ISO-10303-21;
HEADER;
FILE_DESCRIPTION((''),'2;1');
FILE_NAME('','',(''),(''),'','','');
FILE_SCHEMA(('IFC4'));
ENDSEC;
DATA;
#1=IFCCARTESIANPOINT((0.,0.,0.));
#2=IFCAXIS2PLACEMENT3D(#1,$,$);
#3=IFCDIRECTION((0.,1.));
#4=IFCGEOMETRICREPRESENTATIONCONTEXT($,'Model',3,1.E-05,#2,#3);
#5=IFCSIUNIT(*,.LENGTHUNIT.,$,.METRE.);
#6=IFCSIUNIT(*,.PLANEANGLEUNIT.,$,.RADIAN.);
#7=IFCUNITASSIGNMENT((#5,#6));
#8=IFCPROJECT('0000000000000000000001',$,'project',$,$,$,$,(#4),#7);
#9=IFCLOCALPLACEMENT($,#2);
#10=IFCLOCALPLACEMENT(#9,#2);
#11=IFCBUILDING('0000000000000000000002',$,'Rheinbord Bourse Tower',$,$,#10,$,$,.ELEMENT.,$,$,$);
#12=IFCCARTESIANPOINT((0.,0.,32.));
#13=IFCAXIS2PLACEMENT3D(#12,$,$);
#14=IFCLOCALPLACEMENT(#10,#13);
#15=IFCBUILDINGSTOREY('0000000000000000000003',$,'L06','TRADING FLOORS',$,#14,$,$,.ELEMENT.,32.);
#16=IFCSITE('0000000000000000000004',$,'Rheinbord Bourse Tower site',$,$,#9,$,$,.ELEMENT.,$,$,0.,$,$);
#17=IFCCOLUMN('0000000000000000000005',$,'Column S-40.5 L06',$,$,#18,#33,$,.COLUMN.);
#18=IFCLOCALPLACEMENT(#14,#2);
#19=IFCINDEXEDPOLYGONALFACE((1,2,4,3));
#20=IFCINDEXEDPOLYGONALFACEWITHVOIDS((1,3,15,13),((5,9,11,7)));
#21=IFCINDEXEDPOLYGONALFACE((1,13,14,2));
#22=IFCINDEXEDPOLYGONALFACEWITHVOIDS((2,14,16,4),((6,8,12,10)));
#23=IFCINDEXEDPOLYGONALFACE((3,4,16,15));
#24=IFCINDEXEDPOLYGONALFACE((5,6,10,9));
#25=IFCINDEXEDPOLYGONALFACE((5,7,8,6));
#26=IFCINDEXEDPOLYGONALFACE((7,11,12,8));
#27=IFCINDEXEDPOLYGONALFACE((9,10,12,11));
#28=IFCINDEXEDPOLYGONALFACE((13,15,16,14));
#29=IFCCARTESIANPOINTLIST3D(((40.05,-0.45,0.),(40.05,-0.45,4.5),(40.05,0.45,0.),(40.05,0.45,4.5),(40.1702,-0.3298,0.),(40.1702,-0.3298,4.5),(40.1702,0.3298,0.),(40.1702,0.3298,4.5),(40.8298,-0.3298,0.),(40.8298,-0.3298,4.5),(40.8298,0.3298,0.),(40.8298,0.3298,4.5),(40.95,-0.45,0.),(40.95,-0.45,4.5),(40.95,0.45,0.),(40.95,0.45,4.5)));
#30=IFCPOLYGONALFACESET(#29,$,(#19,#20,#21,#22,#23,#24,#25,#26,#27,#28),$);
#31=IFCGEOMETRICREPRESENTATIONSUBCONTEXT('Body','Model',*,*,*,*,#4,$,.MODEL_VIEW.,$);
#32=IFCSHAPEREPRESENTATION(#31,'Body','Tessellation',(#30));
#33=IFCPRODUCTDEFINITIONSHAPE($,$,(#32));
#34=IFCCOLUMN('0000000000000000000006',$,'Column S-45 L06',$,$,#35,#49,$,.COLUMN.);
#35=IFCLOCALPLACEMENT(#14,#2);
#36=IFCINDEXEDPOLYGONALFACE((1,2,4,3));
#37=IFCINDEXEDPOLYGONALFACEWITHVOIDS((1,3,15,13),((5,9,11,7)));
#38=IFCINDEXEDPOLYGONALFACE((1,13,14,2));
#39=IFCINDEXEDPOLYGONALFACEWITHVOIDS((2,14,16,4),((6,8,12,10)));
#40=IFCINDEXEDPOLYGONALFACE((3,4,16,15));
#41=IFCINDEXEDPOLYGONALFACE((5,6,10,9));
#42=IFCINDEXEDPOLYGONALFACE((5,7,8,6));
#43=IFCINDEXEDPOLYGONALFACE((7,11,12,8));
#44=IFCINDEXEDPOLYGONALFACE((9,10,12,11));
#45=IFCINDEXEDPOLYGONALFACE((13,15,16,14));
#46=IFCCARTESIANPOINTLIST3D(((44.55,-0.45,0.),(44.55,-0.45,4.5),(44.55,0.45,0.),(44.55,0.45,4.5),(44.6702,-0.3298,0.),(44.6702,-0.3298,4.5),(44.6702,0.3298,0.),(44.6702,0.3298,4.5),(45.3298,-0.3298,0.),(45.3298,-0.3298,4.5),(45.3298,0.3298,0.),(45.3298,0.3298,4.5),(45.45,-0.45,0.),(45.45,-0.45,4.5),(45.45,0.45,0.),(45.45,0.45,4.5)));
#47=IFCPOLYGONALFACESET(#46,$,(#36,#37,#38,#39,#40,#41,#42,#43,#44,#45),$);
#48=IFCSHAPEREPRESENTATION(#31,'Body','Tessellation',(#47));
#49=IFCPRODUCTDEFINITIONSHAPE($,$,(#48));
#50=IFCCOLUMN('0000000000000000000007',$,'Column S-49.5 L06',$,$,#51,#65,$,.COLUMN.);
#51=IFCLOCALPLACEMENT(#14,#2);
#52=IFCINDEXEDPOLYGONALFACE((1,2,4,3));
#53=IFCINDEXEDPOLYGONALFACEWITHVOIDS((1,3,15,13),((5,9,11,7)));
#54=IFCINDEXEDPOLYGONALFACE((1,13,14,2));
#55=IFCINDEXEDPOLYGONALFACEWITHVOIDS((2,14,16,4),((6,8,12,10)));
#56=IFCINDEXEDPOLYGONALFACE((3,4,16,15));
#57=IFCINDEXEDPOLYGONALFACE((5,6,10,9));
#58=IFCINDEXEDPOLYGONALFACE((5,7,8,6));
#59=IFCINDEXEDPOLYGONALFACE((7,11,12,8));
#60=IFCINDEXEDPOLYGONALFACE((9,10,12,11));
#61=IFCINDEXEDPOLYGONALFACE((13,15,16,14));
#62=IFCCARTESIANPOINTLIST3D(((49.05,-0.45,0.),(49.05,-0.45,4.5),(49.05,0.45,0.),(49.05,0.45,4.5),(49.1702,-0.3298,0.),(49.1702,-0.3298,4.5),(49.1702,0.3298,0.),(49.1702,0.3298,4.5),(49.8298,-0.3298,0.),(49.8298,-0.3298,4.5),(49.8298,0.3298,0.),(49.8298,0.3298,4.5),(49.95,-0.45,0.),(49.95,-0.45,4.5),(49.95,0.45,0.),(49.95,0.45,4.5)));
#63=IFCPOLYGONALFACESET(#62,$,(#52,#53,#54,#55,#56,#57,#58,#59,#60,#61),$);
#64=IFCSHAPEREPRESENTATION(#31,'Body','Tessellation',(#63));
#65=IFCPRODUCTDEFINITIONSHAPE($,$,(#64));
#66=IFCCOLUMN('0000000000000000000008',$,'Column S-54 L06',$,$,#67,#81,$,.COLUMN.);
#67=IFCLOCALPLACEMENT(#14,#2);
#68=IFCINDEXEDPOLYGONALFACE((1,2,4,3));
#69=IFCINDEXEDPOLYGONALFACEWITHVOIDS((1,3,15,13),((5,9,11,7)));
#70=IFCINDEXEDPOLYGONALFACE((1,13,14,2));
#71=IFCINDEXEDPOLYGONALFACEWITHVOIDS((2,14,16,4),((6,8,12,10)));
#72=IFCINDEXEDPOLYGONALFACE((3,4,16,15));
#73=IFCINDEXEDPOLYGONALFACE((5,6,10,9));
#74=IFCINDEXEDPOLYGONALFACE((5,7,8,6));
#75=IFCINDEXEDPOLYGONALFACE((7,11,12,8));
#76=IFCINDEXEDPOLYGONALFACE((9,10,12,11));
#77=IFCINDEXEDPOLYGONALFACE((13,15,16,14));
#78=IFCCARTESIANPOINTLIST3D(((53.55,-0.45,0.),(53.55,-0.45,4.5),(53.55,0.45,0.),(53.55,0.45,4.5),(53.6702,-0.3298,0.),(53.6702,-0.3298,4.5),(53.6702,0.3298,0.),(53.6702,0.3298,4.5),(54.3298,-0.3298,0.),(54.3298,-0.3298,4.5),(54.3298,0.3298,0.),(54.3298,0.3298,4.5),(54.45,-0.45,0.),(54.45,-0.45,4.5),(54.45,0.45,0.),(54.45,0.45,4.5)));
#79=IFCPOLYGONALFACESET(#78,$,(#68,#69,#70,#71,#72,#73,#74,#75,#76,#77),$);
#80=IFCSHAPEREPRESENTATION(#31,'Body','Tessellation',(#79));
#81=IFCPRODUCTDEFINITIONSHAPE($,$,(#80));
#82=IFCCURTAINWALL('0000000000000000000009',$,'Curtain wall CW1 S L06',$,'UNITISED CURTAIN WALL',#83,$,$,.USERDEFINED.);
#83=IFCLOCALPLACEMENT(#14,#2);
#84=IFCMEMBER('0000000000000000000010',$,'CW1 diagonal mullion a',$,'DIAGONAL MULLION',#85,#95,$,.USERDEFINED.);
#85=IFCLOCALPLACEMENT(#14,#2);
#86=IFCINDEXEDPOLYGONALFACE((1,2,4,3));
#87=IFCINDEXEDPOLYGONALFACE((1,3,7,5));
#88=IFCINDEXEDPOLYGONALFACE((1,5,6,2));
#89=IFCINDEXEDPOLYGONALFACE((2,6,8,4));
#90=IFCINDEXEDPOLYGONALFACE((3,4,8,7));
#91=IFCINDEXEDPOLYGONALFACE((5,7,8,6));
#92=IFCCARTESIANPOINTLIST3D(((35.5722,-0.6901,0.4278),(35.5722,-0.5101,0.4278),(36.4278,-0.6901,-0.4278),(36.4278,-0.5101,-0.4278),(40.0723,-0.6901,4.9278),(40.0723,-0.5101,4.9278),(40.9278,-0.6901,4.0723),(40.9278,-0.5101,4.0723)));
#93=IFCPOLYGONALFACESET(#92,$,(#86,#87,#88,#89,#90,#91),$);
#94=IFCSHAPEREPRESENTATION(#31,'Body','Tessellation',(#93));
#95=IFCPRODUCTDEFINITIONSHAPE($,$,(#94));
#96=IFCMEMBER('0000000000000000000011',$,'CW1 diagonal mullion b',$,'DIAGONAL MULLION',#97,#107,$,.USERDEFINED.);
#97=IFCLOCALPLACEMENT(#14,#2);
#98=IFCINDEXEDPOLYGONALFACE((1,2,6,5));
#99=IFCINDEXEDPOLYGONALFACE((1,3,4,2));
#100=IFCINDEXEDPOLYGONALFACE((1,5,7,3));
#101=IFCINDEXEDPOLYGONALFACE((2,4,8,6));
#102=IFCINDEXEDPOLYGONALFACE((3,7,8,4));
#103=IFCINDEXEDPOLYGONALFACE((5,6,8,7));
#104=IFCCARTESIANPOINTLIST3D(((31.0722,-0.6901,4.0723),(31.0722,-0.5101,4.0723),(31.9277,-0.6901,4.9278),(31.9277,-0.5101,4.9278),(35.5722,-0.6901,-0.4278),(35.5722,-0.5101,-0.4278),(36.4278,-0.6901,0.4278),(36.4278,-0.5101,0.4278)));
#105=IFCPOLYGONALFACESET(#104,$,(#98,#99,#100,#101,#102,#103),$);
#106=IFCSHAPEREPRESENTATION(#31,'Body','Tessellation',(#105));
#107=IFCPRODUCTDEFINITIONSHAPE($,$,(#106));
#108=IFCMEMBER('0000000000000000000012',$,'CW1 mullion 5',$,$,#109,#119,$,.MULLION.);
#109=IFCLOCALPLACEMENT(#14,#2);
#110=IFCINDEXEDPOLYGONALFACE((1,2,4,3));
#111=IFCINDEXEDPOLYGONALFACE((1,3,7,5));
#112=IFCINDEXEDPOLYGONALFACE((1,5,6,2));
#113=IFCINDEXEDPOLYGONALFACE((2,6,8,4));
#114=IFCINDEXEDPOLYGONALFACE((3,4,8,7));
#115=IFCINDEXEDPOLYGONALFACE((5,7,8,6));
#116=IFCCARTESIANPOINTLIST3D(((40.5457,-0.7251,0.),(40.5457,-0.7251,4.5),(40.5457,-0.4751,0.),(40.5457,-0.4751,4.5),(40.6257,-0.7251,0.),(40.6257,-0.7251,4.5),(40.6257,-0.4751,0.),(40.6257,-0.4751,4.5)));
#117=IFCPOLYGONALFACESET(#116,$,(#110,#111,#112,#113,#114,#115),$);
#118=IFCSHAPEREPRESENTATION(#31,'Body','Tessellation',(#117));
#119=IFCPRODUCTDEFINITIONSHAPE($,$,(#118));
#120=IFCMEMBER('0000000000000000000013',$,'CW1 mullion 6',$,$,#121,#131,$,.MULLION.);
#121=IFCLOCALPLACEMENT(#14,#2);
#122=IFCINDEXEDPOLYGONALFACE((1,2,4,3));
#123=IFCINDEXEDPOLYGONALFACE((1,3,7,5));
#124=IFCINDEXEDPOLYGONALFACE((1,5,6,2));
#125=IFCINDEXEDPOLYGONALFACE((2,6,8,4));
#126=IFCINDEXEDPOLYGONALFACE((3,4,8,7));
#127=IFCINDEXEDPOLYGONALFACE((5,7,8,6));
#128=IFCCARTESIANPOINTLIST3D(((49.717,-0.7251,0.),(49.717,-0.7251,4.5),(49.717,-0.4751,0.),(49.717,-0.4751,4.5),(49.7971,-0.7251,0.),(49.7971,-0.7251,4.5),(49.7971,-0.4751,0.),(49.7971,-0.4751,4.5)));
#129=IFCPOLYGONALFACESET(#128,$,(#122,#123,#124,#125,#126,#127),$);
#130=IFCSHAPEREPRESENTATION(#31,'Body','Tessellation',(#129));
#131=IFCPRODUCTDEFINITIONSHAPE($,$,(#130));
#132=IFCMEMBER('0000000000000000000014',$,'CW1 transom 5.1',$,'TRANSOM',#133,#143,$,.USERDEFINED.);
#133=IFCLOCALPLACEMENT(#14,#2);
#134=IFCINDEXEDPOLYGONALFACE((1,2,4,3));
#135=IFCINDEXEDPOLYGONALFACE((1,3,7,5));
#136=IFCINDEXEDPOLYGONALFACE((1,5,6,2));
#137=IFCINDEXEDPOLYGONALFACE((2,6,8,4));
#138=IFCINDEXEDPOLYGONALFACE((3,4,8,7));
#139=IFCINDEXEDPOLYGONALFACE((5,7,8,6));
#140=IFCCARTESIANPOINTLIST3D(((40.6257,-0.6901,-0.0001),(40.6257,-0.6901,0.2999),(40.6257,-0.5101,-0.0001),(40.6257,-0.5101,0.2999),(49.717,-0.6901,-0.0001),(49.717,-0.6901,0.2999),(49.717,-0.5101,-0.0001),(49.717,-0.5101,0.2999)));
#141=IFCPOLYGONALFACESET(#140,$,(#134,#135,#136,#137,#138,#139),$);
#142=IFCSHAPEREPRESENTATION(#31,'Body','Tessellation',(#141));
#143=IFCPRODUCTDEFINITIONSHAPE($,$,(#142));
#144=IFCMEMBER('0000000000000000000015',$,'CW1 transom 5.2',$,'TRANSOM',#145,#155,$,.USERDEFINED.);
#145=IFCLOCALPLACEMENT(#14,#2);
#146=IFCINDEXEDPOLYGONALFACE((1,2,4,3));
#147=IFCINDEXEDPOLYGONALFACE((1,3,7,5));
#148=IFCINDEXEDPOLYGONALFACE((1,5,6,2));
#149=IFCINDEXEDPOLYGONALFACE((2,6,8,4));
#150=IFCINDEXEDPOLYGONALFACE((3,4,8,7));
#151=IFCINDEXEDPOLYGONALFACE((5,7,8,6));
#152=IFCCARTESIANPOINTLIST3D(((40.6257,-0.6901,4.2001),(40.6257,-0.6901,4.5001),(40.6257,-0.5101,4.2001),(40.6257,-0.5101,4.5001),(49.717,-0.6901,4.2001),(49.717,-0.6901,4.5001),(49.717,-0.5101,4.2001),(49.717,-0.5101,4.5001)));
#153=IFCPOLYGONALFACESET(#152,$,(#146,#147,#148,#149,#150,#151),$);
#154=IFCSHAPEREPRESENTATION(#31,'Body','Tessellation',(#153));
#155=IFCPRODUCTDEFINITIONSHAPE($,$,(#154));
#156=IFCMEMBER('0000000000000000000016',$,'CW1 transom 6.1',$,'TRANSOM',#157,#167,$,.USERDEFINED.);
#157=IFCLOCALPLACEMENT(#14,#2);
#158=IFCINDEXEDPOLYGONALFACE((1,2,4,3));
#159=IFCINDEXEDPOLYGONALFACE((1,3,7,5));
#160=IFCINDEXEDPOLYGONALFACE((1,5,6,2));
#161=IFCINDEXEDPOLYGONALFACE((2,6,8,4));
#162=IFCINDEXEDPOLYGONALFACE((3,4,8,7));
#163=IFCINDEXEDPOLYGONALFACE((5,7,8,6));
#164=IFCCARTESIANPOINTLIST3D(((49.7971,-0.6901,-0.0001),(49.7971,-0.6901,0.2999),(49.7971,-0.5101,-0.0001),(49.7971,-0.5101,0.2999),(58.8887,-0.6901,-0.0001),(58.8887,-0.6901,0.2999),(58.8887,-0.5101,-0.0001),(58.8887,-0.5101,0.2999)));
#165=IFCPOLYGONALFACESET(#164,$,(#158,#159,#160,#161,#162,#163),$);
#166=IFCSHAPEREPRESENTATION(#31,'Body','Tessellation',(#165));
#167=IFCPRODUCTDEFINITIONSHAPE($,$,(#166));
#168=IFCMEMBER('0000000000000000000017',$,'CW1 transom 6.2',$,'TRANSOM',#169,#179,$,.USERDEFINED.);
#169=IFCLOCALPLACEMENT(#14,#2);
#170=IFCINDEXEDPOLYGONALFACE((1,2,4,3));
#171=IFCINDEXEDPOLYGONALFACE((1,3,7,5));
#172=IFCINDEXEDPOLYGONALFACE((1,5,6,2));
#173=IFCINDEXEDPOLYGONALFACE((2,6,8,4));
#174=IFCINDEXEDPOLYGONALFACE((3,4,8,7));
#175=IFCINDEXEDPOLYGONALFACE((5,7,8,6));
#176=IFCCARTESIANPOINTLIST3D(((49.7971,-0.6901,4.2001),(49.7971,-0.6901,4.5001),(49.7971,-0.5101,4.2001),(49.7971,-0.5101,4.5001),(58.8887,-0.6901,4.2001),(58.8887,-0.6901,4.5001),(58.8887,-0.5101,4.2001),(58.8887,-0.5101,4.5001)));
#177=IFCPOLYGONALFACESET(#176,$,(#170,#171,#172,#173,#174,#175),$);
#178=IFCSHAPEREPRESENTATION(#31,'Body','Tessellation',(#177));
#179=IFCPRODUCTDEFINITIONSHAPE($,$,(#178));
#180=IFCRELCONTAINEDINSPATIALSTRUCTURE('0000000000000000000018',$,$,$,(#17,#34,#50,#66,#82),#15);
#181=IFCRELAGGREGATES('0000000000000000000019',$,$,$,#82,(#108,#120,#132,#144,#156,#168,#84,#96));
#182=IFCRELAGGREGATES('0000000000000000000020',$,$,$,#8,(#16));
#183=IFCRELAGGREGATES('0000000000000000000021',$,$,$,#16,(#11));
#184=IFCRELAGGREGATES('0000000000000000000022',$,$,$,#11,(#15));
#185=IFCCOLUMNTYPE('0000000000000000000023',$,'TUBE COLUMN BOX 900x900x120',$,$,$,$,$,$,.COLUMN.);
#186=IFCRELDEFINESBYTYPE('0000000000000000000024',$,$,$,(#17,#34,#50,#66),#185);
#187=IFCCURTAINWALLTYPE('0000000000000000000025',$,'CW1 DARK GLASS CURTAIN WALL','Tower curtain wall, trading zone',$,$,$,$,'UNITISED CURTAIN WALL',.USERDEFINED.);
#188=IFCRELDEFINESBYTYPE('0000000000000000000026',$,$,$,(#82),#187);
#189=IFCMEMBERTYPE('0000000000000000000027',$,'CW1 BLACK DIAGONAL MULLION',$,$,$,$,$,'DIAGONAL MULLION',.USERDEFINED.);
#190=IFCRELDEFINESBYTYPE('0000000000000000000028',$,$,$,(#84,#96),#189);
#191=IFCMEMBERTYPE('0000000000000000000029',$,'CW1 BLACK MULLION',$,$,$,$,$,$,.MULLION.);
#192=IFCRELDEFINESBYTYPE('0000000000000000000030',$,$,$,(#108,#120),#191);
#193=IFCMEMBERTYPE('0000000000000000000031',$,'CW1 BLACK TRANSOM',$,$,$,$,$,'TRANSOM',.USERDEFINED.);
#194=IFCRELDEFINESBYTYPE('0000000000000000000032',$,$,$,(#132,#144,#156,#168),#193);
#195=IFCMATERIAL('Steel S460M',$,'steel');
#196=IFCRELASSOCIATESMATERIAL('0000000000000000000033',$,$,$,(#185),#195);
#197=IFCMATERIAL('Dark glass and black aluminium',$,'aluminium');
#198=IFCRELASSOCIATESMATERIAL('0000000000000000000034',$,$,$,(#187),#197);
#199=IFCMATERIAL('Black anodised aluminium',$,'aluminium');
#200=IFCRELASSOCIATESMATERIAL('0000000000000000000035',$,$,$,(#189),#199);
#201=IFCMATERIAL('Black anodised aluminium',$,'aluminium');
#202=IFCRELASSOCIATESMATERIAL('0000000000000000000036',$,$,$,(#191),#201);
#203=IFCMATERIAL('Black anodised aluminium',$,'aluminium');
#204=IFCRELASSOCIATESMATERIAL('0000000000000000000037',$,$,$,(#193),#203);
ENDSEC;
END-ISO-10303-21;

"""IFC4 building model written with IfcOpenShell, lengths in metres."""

from ifc_helpers import new_model, si_unit, direction, frame, origin, origin_2d, place, context, subcontext, project, spatial, rectangle, hollow_rectangle, extrude, material, material_profile, profile_set, type_object, element, aggregate, save


model = new_model("IFC4")

# Units and contexts
model_context = context("Model", 3, precision=1e-05, world=origin(), true_north=direction((0.0, 1.0)))
body_context = subcontext(model_context, "Body", "Model", "MODEL_VIEW")
ifc_project = project(units=[si_unit("LENGTHUNIT", "METRE"), si_unit("PLANEANGLEUNIT", "RADIAN")], contexts=[model_context])

# Site, building, storey
site_placement = place(None, origin())
site = spatial("IfcSite", under=ifc_project, at=site_placement, Name="Rheinbord Bourse Tower site", CompositionType="ELEMENT", RefElevation=0.0)
building_placement = place(site_placement, origin())
building = spatial("IfcBuilding", under=site, at=building_placement, Name="Rheinbord Bourse Tower", CompositionType="ELEMENT")
storey_placement = place(building_placement, frame((0.0, 0.0, 32.0)))
storey = spatial("IfcBuildingStorey", under=building, at=storey_placement, Name="L06", Description="TRADING FLOORS", CompositionType="ELEMENT", Elevation=32.0)

# Columns
ifc_material_1 = material(Name="Steel S460M", Category="steel")
ifc_material_profile_1 = material_profile(ifc_material_1, hollow_rectangle(XDim=0.8999, YDim=0.8999, WallThickness=0.1201, at=origin_2d()), Name="BOX 900x900x120")
ifc_profile_set_1 = profile_set([ifc_material_profile_1], Name="Steel S460M")
column_type = type_object("IfcColumnType", Name="TUBE COLUMN BOX 900x900x120", PredefinedType="COLUMN", material=ifc_profile_set_1)
for number, where, z_axis, x_axis, name in (
    (1, (40.5, 0.0, 0.0), (0.0, 0.0, 1.0), (0.0, 1.0, 0.0), "Column S-40.5 L06"),
    (2, (45.0, 0.0, 0.0), (0.0, 0.0, 1.0), (0.0, 1.0, 0.0), "Column S-45 L06"),
    (3, (49.5, 0.0, 0.0), (0.0, 0.0, 1.0), (0.0, 1.0, 0.0), "Column S-49.5 L06"),
    (4, (54.0, 0.0, 0.0), (0.0, 0.0, 1.0), (0.0, 1.0, 0.0), "Column S-54 L06"),
):
    element("IfcColumn", number, at=place(storey_placement, frame(where, z_axis=z_axis, x_axis=x_axis)), inside=storey, type_object=column_type, Name=name, PredefinedType="COLUMN", context=body_context, shape_type="SweptSolid", body=[
        extrude(hollow_rectangle(XDim=0.8999, YDim=0.8999, WallThickness=0.1201, at=origin_2d()), origin(), (0.0, 0.0, 1.0), 4.5),
    ])

# Curtain wall, members
ifc_material_2 = material(Name="Dark glass and black aluminium", Category="aluminium")
curtain_wall_type = type_object("IfcCurtainWallType", Name="CW1 DARK GLASS CURTAIN WALL", Description="Tower curtain wall, trading zone", ElementType="UNITISED CURTAIN WALL", PredefinedType="USERDEFINED", material=ifc_material_2)
curtain_wall_placement = place(storey_placement, origin())
curtain_wall = element("IfcCurtainWall", 5, at=curtain_wall_placement, inside=storey, type_object=curtain_wall_type, Name="Curtain wall CW1 S L06", ObjectType="UNITISED CURTAIN WALL", PredefinedType="USERDEFINED")
ifc_material_3 = material(Name="Black anodised aluminium", Category="aluminium")
ifc_material_profile_2 = material_profile(ifc_material_3, rectangle(XDim=0.1799, YDim=1.21, at=origin_2d()), Name="CW1 DIAGONAL MULLION 1210x180")
ifc_profile_set_2 = profile_set([ifc_material_profile_2], Name="Black anodised aluminium")
member_type_1 = type_object("IfcMemberType", Name="CW1 BLACK DIAGONAL MULLION", ElementType="DIAGONAL MULLION", PredefinedType="USERDEFINED", material=ifc_profile_set_2)
member_1_placement = place(storey_placement, frame((36.0, -0.6001, 0.0), z_axis=(0.707107, 0.0, 0.707107), x_axis=(0.0, 1.0, 0.0)))
member_1 = element("IfcMember", 6, at=member_1_placement, type_object=member_type_1, Name="CW1 diagonal mullion a", ObjectType="DIAGONAL MULLION", PredefinedType="USERDEFINED", context=body_context, shape_type="SweptSolid", body=[
    extrude(rectangle(XDim=0.1799, YDim=1.21, at=origin_2d()), origin(), (0.0, 0.0, 1.0), 6.364),
])
member_2_placement = place(storey_placement, frame((36.0, -0.6001, 0.0), z_axis=(-0.707107, 0.0, 0.707107), x_axis=(0.0, -1.0, 0.0)))
member_2 = element("IfcMember", 7, at=member_2_placement, type_object=member_type_1, Name="CW1 diagonal mullion b", ObjectType="DIAGONAL MULLION", PredefinedType="USERDEFINED", context=body_context, shape_type="SweptSolid", body=[
    extrude(rectangle(XDim=0.1799, YDim=1.21, at=origin_2d()), origin(), (0.0, 0.0, 1.0), 6.364),
])
ifc_material_4 = material(Name="Black anodised aluminium", Category="aluminium")
ifc_material_profile_3 = material_profile(ifc_material_4, rectangle(XDim=0.25, YDim=0.0801, at=origin_2d()), Name="CW1 MULLION 80x250")
ifc_profile_set_3 = profile_set([ifc_material_profile_3], Name="Black anodised aluminium")
member_type_2 = type_object("IfcMemberType", Name="CW1 BLACK MULLION", PredefinedType="MULLION", material=ifc_profile_set_3)
member_3_placement = place(storey_placement, frame((40.5857, -0.6001, 0.0), z_axis=(0.0, 0.0, 1.0), x_axis=(0.0, 1.0, 0.0)))
member_3 = element("IfcMember", 8, at=member_3_placement, type_object=member_type_2, Name="CW1 mullion 5", PredefinedType="MULLION", context=body_context, shape_type="SweptSolid", body=[
    extrude(rectangle(XDim=0.25, YDim=0.0801, at=origin_2d()), origin(), (0.0, 0.0, 1.0), 4.5),
])
member_4_placement = place(storey_placement, frame((49.7571, -0.6001, 0.0), z_axis=(0.0, 0.0, 1.0), x_axis=(0.0, 1.0, 0.0)))
member_4 = element("IfcMember", 9, at=member_4_placement, type_object=member_type_2, Name="CW1 mullion 6", PredefinedType="MULLION", context=body_context, shape_type="SweptSolid", body=[
    extrude(rectangle(XDim=0.25, YDim=0.0801, at=origin_2d()), origin(), (0.0, 0.0, 1.0), 4.5),
])
ifc_material_5 = material(Name="Black anodised aluminium", Category="aluminium")
ifc_material_profile_4 = material_profile(ifc_material_5, rectangle(XDim=0.1799, YDim=0.3, at=origin_2d()), Name="CW1 TRANSOM 300x180")
ifc_profile_set_4 = profile_set([ifc_material_profile_4], Name="Black anodised aluminium")
member_type_3 = type_object("IfcMemberType", Name="CW1 BLACK TRANSOM", ElementType="TRANSOM", PredefinedType="USERDEFINED", material=ifc_profile_set_4)
member_5_placement = place(storey_placement, frame((40.6257, -0.6001, 0.1499), z_axis=(1.0, 0.0, 0.0), x_axis=(0.0, 1.0, 0.0)))
member_5 = element("IfcMember", 10, at=member_5_placement, type_object=member_type_3, Name="CW1 transom 5.1", ObjectType="TRANSOM", PredefinedType="USERDEFINED", context=body_context, shape_type="SweptSolid", body=[
    extrude(rectangle(XDim=0.1799, YDim=0.3, at=origin_2d()), origin(), (0.0, 0.0, 1.0), 9.0913),
])
member_6_placement = place(storey_placement, frame((40.6257, -0.6001, 4.3501), z_axis=(1.0, 0.0, 0.0), x_axis=(0.0, 1.0, 0.0)))
member_6 = element("IfcMember", 11, at=member_6_placement, type_object=member_type_3, Name="CW1 transom 5.2", ObjectType="TRANSOM", PredefinedType="USERDEFINED", context=body_context, shape_type="SweptSolid", body=[
    extrude(rectangle(XDim=0.1799, YDim=0.3, at=origin_2d()), origin(), (0.0, 0.0, 1.0), 9.0913),
])
member_7_placement = place(storey_placement, frame((49.7971, -0.6001, 0.1499), z_axis=(1.0, 0.0, 0.0), x_axis=(0.0, 1.0, 0.0)))
member_7 = element("IfcMember", 12, at=member_7_placement, type_object=member_type_3, Name="CW1 transom 6.1", ObjectType="TRANSOM", PredefinedType="USERDEFINED", context=body_context, shape_type="SweptSolid", body=[
    extrude(rectangle(XDim=0.1799, YDim=0.3, at=origin_2d()), origin(), (0.0, 0.0, 1.0), 9.0916),
])
member_8_placement = place(storey_placement, frame((49.7971, -0.6001, 4.3501), z_axis=(1.0, 0.0, 0.0), x_axis=(0.0, 1.0, 0.0)))
member_8 = element("IfcMember", 13, at=member_8_placement, type_object=member_type_3, Name="CW1 transom 6.2", ObjectType="TRANSOM", PredefinedType="USERDEFINED", context=body_context, shape_type="SweptSolid", body=[
    extrude(rectangle(XDim=0.1799, YDim=0.3, at=origin_2d()), origin(), (0.0, 0.0, 1.0), 9.0916),
])

aggregate(curtain_wall, [member_3, member_4, member_5, member_6, member_7, member_8, member_1, member_2])

save(model, "model.ifc")
